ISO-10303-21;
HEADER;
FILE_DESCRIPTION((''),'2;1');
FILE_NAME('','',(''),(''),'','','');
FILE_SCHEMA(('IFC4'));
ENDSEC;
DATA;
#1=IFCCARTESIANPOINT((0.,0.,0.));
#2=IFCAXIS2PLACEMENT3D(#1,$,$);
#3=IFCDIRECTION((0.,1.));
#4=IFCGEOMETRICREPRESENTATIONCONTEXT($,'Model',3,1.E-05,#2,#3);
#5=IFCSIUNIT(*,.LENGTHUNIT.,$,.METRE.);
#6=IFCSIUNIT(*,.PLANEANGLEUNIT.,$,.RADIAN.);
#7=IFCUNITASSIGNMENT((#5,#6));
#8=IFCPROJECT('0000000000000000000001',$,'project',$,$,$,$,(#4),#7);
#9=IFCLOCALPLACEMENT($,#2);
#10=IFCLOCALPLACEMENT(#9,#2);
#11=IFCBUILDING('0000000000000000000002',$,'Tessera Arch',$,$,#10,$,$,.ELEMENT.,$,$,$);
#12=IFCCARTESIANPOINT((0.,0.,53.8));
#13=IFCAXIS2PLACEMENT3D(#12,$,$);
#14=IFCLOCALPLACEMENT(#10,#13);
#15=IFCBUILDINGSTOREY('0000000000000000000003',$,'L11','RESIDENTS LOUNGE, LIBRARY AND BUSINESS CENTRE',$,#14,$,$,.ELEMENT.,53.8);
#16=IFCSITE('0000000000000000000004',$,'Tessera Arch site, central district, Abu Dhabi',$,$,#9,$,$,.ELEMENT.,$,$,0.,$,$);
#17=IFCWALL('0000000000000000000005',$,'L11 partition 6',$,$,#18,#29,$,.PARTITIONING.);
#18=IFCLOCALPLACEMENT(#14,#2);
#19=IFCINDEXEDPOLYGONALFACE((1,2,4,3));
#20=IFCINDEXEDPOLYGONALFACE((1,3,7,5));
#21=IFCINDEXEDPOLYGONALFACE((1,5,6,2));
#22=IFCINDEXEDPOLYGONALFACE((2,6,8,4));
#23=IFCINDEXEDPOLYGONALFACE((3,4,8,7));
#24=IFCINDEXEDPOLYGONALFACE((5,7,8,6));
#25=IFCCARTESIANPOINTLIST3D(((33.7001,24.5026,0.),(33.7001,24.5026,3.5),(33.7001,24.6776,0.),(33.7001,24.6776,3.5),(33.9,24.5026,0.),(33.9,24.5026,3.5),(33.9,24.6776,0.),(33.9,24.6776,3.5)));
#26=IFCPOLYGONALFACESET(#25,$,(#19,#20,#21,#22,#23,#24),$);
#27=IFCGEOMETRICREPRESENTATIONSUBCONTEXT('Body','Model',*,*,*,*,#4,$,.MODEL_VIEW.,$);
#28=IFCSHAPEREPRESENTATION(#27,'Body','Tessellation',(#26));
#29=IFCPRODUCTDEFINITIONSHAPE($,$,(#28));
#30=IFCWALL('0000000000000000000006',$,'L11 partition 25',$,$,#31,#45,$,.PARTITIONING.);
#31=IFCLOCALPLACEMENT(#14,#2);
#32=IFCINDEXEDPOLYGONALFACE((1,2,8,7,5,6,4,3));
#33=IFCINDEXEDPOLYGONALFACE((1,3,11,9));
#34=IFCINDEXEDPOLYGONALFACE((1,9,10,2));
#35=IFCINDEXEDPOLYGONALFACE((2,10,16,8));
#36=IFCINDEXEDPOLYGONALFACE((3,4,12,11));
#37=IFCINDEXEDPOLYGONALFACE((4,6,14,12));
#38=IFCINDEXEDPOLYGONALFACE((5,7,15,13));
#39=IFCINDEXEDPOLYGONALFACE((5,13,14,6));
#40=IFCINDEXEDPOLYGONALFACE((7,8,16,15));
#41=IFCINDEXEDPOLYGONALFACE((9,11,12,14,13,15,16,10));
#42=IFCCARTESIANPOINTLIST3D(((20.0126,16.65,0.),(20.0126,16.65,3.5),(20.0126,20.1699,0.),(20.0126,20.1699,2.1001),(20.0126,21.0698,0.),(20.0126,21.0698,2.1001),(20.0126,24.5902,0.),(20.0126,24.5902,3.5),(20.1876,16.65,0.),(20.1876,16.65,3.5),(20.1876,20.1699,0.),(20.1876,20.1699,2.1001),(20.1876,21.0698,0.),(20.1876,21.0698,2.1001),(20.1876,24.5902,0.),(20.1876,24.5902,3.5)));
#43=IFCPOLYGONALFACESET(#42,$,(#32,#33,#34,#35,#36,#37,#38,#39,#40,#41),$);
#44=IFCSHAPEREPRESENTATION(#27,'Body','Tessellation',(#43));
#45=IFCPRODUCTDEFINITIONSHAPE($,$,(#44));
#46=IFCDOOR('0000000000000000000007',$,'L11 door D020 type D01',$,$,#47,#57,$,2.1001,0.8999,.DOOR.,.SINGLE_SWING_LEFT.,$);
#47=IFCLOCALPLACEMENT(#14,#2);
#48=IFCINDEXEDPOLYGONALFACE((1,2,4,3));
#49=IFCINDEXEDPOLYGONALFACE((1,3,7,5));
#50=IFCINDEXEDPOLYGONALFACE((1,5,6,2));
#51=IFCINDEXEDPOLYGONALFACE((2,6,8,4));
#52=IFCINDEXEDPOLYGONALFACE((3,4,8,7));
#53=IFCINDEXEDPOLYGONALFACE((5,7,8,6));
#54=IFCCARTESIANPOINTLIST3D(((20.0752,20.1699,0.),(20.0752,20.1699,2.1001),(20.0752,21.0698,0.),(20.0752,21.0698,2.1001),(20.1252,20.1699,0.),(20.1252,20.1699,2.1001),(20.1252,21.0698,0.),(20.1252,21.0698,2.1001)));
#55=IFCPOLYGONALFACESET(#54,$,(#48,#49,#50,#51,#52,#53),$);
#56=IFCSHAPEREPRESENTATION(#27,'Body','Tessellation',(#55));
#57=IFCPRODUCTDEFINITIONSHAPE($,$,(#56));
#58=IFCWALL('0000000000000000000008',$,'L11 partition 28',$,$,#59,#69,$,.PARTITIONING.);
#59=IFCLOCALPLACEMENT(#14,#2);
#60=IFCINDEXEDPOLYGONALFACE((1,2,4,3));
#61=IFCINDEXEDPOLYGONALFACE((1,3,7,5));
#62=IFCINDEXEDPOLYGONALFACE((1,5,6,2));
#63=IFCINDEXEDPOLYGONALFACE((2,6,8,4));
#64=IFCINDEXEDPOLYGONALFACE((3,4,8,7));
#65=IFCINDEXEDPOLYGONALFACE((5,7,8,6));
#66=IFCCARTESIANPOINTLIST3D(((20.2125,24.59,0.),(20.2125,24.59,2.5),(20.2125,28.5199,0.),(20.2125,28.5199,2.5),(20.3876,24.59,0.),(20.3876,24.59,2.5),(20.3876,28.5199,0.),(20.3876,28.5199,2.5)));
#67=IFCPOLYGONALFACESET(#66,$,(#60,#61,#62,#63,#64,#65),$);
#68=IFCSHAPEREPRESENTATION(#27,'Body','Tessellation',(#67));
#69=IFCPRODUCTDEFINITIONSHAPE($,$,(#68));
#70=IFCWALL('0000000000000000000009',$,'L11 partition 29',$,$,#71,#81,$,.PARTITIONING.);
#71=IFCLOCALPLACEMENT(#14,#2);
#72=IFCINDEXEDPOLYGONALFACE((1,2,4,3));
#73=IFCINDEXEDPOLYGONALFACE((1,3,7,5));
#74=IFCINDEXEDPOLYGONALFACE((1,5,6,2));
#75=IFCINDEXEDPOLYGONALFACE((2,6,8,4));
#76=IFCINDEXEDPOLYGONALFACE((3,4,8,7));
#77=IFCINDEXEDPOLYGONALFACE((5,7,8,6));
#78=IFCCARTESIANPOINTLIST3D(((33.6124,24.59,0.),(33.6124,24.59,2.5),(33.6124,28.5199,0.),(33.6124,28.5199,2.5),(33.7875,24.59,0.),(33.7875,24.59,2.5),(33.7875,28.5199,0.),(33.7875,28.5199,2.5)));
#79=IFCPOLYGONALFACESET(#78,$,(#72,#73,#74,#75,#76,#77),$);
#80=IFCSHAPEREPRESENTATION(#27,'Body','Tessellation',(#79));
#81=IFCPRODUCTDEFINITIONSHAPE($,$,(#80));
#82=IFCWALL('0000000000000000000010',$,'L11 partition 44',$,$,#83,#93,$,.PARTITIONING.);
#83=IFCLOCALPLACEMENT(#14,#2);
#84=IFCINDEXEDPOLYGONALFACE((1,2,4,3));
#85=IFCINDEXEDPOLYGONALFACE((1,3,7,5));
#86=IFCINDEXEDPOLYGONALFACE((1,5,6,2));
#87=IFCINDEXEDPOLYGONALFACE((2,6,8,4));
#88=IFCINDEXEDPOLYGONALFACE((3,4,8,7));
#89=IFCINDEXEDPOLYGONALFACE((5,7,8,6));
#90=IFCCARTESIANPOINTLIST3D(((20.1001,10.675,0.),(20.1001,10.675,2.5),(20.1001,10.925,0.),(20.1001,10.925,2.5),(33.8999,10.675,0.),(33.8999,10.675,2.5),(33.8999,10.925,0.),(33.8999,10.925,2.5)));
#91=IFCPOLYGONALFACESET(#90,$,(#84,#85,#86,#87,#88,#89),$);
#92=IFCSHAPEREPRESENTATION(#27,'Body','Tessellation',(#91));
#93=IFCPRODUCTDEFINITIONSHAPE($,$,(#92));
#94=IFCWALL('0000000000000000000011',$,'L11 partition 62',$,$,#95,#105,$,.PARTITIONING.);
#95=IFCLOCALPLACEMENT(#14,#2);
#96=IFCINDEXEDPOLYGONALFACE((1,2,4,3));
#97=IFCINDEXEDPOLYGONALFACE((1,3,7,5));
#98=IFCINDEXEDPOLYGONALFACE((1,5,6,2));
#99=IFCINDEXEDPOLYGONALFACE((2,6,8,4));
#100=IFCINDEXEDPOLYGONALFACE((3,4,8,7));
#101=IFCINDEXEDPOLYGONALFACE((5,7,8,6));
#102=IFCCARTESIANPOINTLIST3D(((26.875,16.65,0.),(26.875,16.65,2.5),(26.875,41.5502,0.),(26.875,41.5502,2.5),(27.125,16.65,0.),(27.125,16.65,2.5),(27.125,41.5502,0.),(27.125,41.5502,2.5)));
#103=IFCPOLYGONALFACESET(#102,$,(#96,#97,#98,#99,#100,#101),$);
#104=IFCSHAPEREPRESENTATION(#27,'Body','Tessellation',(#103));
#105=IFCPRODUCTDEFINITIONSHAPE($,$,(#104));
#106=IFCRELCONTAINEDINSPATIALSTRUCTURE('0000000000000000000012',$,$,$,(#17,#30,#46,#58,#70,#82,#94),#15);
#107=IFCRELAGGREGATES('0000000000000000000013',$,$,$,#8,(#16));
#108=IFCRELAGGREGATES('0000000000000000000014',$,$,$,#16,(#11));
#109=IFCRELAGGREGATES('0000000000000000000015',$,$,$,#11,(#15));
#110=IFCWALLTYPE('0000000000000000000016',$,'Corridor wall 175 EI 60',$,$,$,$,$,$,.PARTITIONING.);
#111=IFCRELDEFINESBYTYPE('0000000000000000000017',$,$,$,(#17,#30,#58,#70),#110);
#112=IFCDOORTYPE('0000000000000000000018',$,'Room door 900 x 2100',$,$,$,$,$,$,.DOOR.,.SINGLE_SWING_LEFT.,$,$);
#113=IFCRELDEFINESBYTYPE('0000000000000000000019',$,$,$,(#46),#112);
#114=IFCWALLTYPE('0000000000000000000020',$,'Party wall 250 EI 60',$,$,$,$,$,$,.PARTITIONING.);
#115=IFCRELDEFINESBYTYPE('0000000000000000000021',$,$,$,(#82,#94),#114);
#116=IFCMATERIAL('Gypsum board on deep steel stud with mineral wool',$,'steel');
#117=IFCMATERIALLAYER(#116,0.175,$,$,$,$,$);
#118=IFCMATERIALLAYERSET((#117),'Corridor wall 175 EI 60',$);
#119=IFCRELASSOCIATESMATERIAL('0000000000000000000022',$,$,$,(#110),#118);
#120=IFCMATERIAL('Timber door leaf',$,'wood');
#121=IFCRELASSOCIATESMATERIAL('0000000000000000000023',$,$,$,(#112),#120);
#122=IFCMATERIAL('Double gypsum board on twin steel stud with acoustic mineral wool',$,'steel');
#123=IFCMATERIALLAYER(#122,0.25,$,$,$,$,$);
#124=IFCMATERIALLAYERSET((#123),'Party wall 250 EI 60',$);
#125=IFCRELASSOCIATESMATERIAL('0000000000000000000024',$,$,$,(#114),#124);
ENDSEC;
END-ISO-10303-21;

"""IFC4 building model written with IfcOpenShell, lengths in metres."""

from ifc_helpers import new_model, si_unit, direction, frame, frame_2d, origin, place, context, subcontext, project, spatial, rectangle, extrude, material, layer, layer_set, type_object, element, fill, save


model = new_model("IFC4")

# Units and contexts
model_context = context("Model", 3, precision=1e-05, world=origin(), true_north=direction((0.0, 1.0)))
body_context = subcontext(model_context, "Body", "Model", "MODEL_VIEW")
ifc_project = project(units=[si_unit("LENGTHUNIT", "METRE"), si_unit("PLANEANGLEUNIT", "RADIAN")], contexts=[model_context])

# Site, building, storey
site_placement = place(None, origin())
site = spatial("IfcSite", under=ifc_project, at=site_placement, Name="Tessera Arch site, central district, Abu Dhabi", CompositionType="ELEMENT", RefElevation=0.0)
building_placement = place(site_placement, origin())
building = spatial("IfcBuilding", under=site, at=building_placement, Name="Tessera Arch", CompositionType="ELEMENT")
storey_placement = place(building_placement, frame((0.0, 0.0, 53.8)))
storey = spatial("IfcBuildingStorey", under=building, at=storey_placement, Name="L11", Description="RESIDENTS LOUNGE, LIBRARY AND BUSINESS CENTRE", CompositionType="ELEMENT", Elevation=53.8)

# Shared definitions
ifc_material_1 = material(Name="Gypsum board on deep steel stud with mineral wool", Category="steel")
ifc_layer_1 = layer(ifc_material_1, 0.175)
ifc_layer_set_1 = layer_set([ifc_layer_1], Name="Corridor wall 175 EI 60")
wall_type_1 = type_object("IfcWallType", Name="Corridor wall 175 EI 60", PredefinedType="PARTITIONING", material=ifc_layer_set_1)
ifc_material_2 = material(Name="Timber door leaf", Category="wood")
door_type_1 = type_object("IfcDoorType", Name="Room door 900 x 2100", OperationType="SINGLE_SWING_LEFT", PredefinedType="DOOR", material=ifc_material_2)

# Wall
for number, where, z_axis, x_axis, name in (
    (1, (33.7, 24.5901, 0.0), (0.0, 0.0, 1.0), (1.0, 0.0, 0.0), "L11 partition 6"),
):
    element("IfcWall", number, at=place(storey_placement, frame(where, z_axis=z_axis, x_axis=x_axis)), inside=storey, type_object=wall_type_1, Name=name, PredefinedType="PARTITIONING", context=body_context, shape_type="SweptSolid", body=[
        extrude(rectangle(XDim=0.2, YDim=0.175, at=frame_2d((0.1001, 0.0))), origin(), (0.0, 0.0, 1.0), 3.5),
    ])

# Wall, opening, door
wall_1_placement = place(storey_placement, frame((20.1001, 16.6499, 0.0), z_axis=(0.0, 0.0, 1.0), x_axis=(0.0, 1.0, 0.0)))
wall_1 = element("IfcWall", 2, at=wall_1_placement, inside=storey, type_object=wall_type_1, Name="L11 partition 25", PredefinedType="PARTITIONING", context=body_context, shape_type="SweptSolid", body=[
    extrude(rectangle(XDim=7.9402, YDim=0.175, at=frame_2d((3.9702, 0.0))), origin(), (0.0, 0.0, 1.0), 3.5),
])
opening_1_placement = place(wall_1_placement, frame((3.52, 0.0, 0.0)))
opening_1 = element("IfcOpeningElement", 3, at=opening_1_placement, cuts=wall_1, PredefinedType="OPENING", context=body_context, shape_type="SweptSolid", body=[
    extrude(rectangle(XDim=0.8999, YDim=2.1001, at=frame_2d((0.45, 1.05))), frame((0.0, 0.0974, 0.0), z_axis=(0.0, -1.0, 0.0), x_axis=(1.0, 0.0, 0.0)), (0.0, 0.0, 1.0), 0.1951),
])
door_1_placement = place(opening_1_placement, origin())
door_1 = element("IfcDoor", 4, at=door_1_placement, inside=storey, type_object=door_type_1, Name="L11 door D020 type D01", OperationType="SINGLE_SWING_LEFT", OverallHeight=2.1001, OverallWidth=0.8999, PredefinedType="DOOR", context=body_context, shape_type="SweptSolid", body=[
    extrude(rectangle(XDim=0.8999, YDim=2.1001, at=frame_2d((0.45, 1.05))), frame((0.0, 0.0249, 0.0), z_axis=(0.0, -1.0, 0.0), x_axis=(1.0, 0.0, 0.0)), (0.0, 0.0, 1.0), 0.05),
])
fill(opening_1, door_1)

# Walls
for number, where, z_axis, x_axis, name in (
    (5, (20.3, 24.5901, 0.0), (0.0, 0.0, 1.0), (0.0, 1.0, 0.0), "L11 partition 28"),
    (6, (33.7, 24.5901, 0.0), (0.0, 0.0, 1.0), (0.0, 1.0, 0.0), "L11 partition 29"),
):
    element("IfcWall", number, at=place(storey_placement, frame(where, z_axis=z_axis, x_axis=x_axis)), inside=storey, type_object=wall_type_1, Name=name, PredefinedType="PARTITIONING", context=body_context, shape_type="SweptSolid", body=[
        extrude(rectangle(XDim=3.9299, YDim=0.175, at=frame_2d((1.9648, 0.0))), origin(), (0.0, 0.0, 1.0), 2.5),
    ])
ifc_material_3 = material(Name="Double gypsum board on twin steel stud with acoustic mineral wool", Category="steel")
ifc_layer_2 = layer(ifc_material_3, 0.25)
ifc_layer_set_2 = layer_set([ifc_layer_2], Name="Party wall 250 EI 60")
wall_type_2 = type_object("IfcWallType", Name="Party wall 250 EI 60", PredefinedType="PARTITIONING", material=ifc_layer_set_2)
wall_2_placement = place(storey_placement, frame((20.1001, 10.8, 0.0), z_axis=(0.0, 0.0, 1.0), x_axis=(1.0, 0.0, 0.0)))
element("IfcWall", 7, at=wall_2_placement, inside=storey, type_object=wall_type_2, Name="L11 partition 44", PredefinedType="PARTITIONING", context=body_context, shape_type="SweptSolid", body=[
    extrude(rectangle(XDim=13.7998, YDim=0.25, at=frame_2d((6.8999, 0.0))), origin(), (0.0, 0.0, 1.0), 2.5),
])
wall_3_placement = place(storey_placement, frame((27.0, 16.6499, 0.0), z_axis=(0.0, 0.0, 1.0), x_axis=(0.0, 1.0, 0.0)))
element("IfcWall", 8, at=wall_3_placement, inside=storey, type_object=wall_type_2, Name="L11 partition 62", PredefinedType="PARTITIONING", context=body_context, shape_type="SweptSolid", body=[
    extrude(rectangle(XDim=24.9001, YDim=0.25, at=frame_2d((12.4502, 0.0))), origin(), (0.0, 0.0, 1.0), 2.5),
])

save(model, "model.ifc")
